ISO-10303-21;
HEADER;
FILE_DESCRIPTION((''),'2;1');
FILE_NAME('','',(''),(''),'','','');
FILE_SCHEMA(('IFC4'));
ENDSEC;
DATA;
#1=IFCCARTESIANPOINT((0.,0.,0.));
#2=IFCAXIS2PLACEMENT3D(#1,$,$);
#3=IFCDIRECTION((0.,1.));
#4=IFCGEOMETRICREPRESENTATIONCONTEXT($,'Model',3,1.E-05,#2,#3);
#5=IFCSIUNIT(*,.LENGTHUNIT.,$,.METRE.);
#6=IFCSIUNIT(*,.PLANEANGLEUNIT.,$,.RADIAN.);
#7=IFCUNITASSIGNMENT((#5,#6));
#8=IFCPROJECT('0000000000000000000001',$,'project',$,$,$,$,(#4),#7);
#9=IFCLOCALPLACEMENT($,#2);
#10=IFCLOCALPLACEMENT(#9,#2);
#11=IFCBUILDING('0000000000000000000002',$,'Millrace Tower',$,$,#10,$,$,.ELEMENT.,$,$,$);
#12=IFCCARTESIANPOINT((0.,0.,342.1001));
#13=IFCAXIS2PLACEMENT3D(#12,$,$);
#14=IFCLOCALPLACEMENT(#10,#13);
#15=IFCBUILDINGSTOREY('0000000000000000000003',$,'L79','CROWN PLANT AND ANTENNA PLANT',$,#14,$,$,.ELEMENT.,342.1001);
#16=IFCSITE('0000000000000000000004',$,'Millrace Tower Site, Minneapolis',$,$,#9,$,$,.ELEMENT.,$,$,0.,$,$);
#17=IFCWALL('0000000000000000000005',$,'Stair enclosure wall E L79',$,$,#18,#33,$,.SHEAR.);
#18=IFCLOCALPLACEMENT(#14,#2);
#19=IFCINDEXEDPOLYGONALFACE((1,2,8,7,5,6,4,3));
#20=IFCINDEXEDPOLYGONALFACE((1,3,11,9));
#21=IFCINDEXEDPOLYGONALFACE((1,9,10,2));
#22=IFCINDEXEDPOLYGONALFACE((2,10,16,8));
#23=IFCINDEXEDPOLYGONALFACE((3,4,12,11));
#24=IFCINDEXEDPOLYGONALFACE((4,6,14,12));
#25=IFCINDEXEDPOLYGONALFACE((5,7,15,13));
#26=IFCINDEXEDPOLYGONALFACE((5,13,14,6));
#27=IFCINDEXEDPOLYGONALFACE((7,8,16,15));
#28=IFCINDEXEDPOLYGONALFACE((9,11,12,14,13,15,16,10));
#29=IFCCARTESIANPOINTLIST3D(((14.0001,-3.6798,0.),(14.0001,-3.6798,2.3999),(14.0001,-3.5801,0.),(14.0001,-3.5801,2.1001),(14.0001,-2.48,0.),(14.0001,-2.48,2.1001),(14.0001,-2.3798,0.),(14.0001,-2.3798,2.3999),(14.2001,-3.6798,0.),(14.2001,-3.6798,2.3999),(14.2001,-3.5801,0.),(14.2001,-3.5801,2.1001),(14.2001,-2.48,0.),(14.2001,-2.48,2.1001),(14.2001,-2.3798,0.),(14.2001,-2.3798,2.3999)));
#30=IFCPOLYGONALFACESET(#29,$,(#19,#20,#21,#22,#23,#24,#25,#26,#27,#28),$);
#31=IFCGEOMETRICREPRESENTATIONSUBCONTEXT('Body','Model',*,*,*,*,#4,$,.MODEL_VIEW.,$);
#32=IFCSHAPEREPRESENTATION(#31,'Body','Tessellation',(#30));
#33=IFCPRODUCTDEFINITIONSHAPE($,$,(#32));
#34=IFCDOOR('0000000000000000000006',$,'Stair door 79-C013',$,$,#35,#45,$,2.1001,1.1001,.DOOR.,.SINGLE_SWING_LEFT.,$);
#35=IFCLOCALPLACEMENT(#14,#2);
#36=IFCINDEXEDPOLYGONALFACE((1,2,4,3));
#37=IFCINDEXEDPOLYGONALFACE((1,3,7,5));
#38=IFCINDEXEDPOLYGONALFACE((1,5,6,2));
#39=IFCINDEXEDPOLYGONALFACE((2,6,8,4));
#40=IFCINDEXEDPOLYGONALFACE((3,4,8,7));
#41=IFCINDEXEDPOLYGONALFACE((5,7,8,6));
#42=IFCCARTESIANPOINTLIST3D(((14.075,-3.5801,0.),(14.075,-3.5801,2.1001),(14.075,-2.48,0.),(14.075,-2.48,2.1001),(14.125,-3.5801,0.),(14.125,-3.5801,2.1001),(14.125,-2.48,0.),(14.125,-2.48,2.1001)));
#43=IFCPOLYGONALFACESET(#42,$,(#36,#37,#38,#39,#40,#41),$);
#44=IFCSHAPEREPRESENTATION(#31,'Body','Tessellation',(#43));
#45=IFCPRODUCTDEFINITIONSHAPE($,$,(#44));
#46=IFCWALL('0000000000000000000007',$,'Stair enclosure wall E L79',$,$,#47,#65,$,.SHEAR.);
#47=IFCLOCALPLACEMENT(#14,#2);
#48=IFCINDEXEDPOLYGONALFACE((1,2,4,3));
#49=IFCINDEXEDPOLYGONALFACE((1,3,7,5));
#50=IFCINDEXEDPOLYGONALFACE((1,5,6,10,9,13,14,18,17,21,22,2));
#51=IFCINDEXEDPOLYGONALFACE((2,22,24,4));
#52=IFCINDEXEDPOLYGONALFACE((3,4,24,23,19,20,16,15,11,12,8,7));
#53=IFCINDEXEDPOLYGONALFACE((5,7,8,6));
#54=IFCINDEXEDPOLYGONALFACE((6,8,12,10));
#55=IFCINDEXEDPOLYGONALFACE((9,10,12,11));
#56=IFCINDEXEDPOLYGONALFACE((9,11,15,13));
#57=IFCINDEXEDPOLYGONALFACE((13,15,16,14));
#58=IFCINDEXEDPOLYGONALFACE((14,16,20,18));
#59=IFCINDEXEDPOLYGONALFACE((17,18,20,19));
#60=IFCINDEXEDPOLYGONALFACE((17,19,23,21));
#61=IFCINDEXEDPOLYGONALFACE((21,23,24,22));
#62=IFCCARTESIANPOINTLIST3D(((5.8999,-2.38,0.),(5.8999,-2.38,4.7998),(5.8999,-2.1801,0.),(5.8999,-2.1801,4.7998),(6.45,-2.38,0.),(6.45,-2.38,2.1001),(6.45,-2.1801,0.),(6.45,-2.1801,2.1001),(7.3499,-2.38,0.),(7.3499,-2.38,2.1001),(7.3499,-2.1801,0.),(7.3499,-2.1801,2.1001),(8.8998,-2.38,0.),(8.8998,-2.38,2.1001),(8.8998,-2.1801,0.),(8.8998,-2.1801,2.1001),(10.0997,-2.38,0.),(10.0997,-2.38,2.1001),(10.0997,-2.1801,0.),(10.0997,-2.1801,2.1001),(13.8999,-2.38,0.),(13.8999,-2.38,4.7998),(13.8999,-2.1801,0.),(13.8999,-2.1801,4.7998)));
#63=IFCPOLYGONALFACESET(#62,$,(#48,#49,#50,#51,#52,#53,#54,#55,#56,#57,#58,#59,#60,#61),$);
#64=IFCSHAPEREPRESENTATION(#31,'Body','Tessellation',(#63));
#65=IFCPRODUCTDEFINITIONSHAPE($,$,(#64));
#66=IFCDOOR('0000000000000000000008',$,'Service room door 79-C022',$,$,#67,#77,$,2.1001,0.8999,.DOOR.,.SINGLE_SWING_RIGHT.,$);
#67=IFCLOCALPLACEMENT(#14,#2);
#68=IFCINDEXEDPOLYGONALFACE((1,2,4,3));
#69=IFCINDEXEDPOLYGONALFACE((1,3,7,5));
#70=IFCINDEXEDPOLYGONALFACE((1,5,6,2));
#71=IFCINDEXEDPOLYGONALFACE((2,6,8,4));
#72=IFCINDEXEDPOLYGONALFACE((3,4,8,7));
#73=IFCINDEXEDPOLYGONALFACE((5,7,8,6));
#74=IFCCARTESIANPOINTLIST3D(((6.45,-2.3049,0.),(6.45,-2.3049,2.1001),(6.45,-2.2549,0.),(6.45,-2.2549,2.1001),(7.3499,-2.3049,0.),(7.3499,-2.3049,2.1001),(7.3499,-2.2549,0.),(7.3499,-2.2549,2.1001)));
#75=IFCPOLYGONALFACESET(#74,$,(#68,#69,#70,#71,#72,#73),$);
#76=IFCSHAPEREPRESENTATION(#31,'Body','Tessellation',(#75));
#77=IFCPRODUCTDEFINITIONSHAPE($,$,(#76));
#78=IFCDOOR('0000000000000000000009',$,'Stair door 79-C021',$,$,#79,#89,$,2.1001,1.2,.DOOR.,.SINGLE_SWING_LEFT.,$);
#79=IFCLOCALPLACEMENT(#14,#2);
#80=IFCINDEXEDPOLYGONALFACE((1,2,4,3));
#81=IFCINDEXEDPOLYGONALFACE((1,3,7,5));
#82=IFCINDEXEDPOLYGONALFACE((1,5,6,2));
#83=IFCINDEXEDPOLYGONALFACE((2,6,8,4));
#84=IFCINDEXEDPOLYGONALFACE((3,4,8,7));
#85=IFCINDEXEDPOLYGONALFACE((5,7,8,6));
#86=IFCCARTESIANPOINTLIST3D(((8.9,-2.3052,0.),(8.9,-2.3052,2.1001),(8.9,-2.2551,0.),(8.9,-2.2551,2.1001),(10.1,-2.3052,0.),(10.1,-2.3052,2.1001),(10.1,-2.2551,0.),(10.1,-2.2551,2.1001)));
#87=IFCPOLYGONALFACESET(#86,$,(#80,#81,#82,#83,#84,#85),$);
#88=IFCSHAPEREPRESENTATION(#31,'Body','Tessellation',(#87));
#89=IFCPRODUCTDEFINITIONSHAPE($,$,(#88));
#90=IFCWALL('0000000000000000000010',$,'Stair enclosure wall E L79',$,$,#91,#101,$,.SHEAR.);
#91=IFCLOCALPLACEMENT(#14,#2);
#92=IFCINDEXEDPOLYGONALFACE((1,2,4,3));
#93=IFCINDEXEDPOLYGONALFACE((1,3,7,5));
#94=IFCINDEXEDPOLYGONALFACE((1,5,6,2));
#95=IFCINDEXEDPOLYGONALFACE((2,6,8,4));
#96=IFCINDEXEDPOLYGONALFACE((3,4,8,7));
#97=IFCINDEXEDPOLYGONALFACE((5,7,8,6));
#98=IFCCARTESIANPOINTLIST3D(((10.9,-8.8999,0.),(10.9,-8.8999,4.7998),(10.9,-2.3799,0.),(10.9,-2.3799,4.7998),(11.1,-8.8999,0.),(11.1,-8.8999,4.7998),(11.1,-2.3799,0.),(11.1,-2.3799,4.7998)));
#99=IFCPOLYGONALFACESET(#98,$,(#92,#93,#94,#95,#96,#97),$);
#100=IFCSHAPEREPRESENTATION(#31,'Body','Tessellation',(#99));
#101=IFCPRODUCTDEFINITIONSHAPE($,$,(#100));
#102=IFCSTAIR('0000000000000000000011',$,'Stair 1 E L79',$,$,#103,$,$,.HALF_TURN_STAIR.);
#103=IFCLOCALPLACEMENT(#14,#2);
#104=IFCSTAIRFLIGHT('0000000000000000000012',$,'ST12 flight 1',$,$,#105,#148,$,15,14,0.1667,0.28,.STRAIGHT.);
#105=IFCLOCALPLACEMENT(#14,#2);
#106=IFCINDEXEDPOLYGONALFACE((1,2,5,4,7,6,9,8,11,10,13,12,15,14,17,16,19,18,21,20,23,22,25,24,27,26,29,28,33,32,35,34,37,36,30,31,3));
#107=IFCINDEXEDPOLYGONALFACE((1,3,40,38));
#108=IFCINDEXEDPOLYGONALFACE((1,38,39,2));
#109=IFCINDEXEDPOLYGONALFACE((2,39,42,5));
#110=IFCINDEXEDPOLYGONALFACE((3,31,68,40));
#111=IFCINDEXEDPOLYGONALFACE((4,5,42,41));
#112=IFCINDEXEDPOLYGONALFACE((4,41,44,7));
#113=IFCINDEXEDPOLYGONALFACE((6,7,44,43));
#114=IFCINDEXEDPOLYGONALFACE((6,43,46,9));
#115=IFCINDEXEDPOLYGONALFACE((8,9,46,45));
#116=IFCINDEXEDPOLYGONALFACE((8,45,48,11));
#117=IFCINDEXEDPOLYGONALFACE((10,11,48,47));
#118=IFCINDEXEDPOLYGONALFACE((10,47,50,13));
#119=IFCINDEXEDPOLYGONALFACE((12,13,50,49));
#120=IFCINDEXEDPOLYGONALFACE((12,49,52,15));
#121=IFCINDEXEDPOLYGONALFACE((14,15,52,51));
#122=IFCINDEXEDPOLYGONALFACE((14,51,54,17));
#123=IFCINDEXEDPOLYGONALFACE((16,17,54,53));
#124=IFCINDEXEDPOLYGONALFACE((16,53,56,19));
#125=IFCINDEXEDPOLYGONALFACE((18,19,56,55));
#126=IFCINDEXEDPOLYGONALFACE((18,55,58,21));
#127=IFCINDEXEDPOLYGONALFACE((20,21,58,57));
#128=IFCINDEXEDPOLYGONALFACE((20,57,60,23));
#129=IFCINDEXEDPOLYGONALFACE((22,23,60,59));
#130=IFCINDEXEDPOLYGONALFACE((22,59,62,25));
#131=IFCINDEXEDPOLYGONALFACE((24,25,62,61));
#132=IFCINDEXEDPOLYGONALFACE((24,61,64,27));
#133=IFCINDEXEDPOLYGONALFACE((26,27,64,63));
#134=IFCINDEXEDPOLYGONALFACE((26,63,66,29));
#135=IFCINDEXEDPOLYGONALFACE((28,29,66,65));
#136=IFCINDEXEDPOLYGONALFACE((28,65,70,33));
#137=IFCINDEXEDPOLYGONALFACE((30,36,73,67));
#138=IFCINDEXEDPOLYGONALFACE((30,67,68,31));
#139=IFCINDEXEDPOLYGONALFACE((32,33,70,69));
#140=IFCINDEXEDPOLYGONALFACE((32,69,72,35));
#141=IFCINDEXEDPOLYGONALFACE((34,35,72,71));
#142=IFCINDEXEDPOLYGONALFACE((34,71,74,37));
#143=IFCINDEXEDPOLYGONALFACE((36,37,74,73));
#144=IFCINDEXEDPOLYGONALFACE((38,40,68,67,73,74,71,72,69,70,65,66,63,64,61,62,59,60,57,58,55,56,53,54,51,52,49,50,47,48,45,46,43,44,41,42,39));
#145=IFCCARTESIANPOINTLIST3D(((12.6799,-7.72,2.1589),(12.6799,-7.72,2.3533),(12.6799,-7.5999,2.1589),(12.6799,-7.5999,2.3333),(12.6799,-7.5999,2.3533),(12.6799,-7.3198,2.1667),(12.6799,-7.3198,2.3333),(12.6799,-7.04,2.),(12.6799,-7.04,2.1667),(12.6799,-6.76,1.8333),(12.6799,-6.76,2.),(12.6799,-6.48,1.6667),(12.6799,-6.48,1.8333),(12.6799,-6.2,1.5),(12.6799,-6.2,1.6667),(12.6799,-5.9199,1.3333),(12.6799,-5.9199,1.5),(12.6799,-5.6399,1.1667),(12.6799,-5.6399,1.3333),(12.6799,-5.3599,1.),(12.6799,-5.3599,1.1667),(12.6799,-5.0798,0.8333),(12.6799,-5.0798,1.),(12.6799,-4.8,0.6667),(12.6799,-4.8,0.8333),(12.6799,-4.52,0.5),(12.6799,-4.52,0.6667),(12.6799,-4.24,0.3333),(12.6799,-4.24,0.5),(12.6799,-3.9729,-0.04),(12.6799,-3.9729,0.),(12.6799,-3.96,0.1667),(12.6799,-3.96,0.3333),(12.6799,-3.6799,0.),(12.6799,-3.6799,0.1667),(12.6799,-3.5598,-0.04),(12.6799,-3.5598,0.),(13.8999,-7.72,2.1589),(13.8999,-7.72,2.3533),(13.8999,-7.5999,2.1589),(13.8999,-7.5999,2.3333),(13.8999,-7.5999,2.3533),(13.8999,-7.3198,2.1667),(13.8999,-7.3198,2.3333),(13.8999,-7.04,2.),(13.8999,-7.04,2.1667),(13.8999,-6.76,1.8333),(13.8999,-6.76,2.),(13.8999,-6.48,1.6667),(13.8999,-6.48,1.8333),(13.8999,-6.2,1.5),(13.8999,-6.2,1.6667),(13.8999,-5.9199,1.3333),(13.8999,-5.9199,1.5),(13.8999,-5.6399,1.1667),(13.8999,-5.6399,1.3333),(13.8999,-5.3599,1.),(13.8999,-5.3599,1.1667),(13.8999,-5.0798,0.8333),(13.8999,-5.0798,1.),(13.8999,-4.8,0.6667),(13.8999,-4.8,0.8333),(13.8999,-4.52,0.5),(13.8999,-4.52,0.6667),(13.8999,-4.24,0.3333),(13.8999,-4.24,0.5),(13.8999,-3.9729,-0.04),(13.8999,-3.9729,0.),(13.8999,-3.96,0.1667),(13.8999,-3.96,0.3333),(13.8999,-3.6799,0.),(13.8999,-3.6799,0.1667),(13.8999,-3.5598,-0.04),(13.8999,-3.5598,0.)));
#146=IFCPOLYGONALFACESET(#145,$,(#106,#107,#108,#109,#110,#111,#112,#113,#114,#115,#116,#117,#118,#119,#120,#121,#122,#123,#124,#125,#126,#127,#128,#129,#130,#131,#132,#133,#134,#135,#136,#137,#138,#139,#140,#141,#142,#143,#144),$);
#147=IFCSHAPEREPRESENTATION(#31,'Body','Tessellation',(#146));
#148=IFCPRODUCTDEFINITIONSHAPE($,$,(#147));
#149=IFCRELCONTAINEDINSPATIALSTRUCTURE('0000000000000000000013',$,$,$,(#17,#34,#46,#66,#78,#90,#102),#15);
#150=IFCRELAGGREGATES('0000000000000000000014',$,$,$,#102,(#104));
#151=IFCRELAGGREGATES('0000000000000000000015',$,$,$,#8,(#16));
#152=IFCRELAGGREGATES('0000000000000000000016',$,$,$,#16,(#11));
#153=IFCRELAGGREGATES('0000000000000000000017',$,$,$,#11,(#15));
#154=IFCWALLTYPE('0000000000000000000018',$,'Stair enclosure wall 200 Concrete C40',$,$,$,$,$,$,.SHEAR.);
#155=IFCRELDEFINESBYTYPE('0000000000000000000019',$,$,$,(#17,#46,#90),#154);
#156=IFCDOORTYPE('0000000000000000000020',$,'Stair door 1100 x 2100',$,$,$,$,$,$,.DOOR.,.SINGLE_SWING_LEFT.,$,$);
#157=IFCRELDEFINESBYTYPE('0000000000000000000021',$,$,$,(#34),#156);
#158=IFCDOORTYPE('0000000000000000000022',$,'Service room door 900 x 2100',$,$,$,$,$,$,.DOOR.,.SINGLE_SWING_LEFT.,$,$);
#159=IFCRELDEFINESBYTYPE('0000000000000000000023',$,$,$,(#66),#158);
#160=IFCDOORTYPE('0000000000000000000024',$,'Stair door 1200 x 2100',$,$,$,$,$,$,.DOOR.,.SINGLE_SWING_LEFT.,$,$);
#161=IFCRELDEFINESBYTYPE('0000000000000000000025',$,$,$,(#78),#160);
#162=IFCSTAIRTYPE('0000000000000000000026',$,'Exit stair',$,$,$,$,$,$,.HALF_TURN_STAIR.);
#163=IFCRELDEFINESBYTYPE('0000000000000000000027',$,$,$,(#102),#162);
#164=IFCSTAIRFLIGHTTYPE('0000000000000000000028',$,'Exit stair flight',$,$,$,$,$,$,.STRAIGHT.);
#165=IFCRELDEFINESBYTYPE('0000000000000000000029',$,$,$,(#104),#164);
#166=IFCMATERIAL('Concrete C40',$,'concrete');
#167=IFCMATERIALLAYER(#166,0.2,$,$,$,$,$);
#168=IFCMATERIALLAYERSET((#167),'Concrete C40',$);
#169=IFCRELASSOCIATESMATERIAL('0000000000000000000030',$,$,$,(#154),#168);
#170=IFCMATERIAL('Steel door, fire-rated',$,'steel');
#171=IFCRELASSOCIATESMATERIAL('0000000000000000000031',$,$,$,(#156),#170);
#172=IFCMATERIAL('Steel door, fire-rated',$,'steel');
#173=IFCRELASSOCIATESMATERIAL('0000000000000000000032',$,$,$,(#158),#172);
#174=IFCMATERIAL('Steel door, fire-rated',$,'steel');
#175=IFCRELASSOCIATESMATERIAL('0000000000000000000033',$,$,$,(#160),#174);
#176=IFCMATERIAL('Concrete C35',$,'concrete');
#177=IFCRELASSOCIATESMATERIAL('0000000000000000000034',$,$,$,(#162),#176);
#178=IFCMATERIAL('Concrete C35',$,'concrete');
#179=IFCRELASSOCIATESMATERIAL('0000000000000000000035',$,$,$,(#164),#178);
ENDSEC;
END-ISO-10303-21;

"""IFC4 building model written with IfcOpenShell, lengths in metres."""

from ifc_helpers import new_model, si_unit, direction, frame, frame_2d, origin, place, context, subcontext, project, spatial, polyline, rectangle, outline, extrude, material, layer, layer_set, type_object, element, fill, aggregate, save


model = new_model("IFC4")

# Units and contexts
model_context = context("Model", 3, precision=1e-05, world=origin(), true_north=direction((0.0, 1.0)))
body_context = subcontext(model_context, "Body", "Model", "MODEL_VIEW")
ifc_project = project(units=[si_unit("LENGTHUNIT", "METRE"), si_unit("PLANEANGLEUNIT", "RADIAN")], contexts=[model_context])

# Site, building, storey
site_placement = place(None, origin())
site = spatial("IfcSite", under=ifc_project, at=site_placement, Name="Millrace Tower Site, Minneapolis", CompositionType="ELEMENT", RefElevation=0.0)
building_placement = place(site_placement, origin())
building = spatial("IfcBuilding", under=site, at=building_placement, Name="Millrace Tower", CompositionType="ELEMENT")
storey_placement = place(building_placement, frame((0.0, 0.0, 342.1001)))
storey = spatial("IfcBuildingStorey", under=building, at=storey_placement, Name="L79", Description="CROWN PLANT AND ANTENNA PLANT", CompositionType="ELEMENT", Elevation=342.1001)

# Shared definitions
placement = place(storey_placement, origin())

# Wall, opening, door
ifc_material_1 = material(Name="Concrete C40", Category="concrete")
ifc_layer_1 = layer(ifc_material_1, 0.2)
ifc_layer_set_1 = layer_set([ifc_layer_1], Name="Concrete C40")
wall_type_1 = type_object("IfcWallType", Name="Stair enclosure wall 200 Concrete C40", PredefinedType="SHEAR", material=ifc_layer_set_1)
wall_1_placement = place(storey_placement, frame((14.1001, -2.3799, 0.0), z_axis=(0.0, 0.0, 1.0), x_axis=(0.0, -1.0, 0.0)))
wall_1 = element("IfcWall", 1, at=wall_1_placement, inside=storey, type_object=wall_type_1, Name="Stair enclosure wall E L79", PredefinedType="SHEAR", context=body_context, shape_type="SweptSolid", body=[
    extrude(rectangle(XDim=1.3, YDim=0.2, at=frame_2d((0.6499, 0.0))), origin(), (0.0, 0.0, 1.0), 2.3999),
])
opening_1_placement = place(wall_1_placement, frame((0.1001, 0.0, 0.0)))
opening_1 = element("IfcOpeningElement", 2, at=opening_1_placement, cuts=wall_1, PredefinedType="OPENING", context=body_context, shape_type="SweptSolid", body=[
    extrude(rectangle(XDim=1.1001, YDim=2.1001, at=frame_2d((0.55, 1.05))), frame((0.0, 0.1099, 0.0), z_axis=(0.0, -1.0, 0.0), x_axis=(1.0, 0.0, 0.0)), (0.0, 0.0, 1.0), 0.22),
])
ifc_material_2 = material(Name="Steel door, fire-rated", Category="steel")
door_type_1 = type_object("IfcDoorType", Name="Stair door 1100 x 2100", OperationType="SINGLE_SWING_LEFT", PredefinedType="DOOR", material=ifc_material_2)
door_1_placement = place(opening_1_placement, origin())
door_1 = element("IfcDoor", 3, at=door_1_placement, inside=storey, type_object=door_type_1, Name="Stair door 79-C013", OperationType="SINGLE_SWING_LEFT", OverallHeight=2.1001, OverallWidth=1.1001, PredefinedType="DOOR", context=body_context, shape_type="SweptSolid", body=[
    extrude(rectangle(XDim=1.1001, YDim=2.1001, at=frame_2d((0.55, 1.05))), frame((0.0, 0.0249, 0.0), z_axis=(0.0, -1.0, 0.0), x_axis=(1.0, 0.0, 0.0)), (0.0, 0.0, 1.0), 0.05),
])
fill(opening_1, door_1)

# Wall, openings, doors
wall_2_placement = place(storey_placement, frame((13.8999, -2.28, 0.0), z_axis=(0.0, 0.0, 1.0), x_axis=(-1.0, 0.0, 0.0)))
wall_2 = element("IfcWall", 4, at=wall_2_placement, inside=storey, type_object=wall_type_1, Name="Stair enclosure wall E L79", PredefinedType="SHEAR", context=body_context, shape_type="SweptSolid", body=[
    extrude(rectangle(XDim=8.0, YDim=0.2, at=frame_2d((4.0, 0.0))), origin(), (0.0, 0.0, 1.0), 4.7998),
])
opening_2_placement = place(wall_2_placement, frame((3.8, 0.0, 0.0)))
opening_2 = element("IfcOpeningElement", 5, at=opening_2_placement, cuts=wall_2, PredefinedType="OPENING", context=body_context, shape_type="SweptSolid", body=[
    extrude(rectangle(XDim=1.2, YDim=2.1001, at=frame_2d((0.6001, 1.05))), frame((0.0, 0.1099, 0.0), z_axis=(0.0, -1.0, 0.0), x_axis=(1.0, 0.0, 0.0)), (0.0, 0.0, 1.0), 0.22),
])
opening_3_placement = place(wall_2_placement, frame((6.55, 0.0, 0.0)))
opening_3 = element("IfcOpeningElement", 6, at=opening_3_placement, cuts=wall_2, PredefinedType="OPENING", context=body_context, shape_type="SweptSolid", body=[
    extrude(rectangle(XDim=0.8999, YDim=2.1001, at=frame_2d((0.45, 1.05))), frame((0.0, 0.1099, 0.0), z_axis=(0.0, -1.0, 0.0), x_axis=(1.0, 0.0, 0.0)), (0.0, 0.0, 1.0), 0.22),
])
ifc_material_3 = material(Name="Steel door, fire-rated", Category="steel")
door_type_2 = type_object("IfcDoorType", Name="Service room door 900 x 2100", OperationType="SINGLE_SWING_LEFT", PredefinedType="DOOR", material=ifc_material_3)
door_2_placement = place(opening_3_placement, origin())
door_2 = element("IfcDoor", 7, at=door_2_placement, inside=storey, type_object=door_type_2, Name="Service room door 79-C022", OperationType="SINGLE_SWING_RIGHT", OverallHeight=2.1001, OverallWidth=0.8999, PredefinedType="DOOR", context=body_context, shape_type="SweptSolid", body=[
    extrude(rectangle(XDim=0.8999, YDim=2.1001, at=frame_2d((0.45, 1.05))), frame((0.0, 0.0249, 0.0), z_axis=(0.0, -1.0, 0.0), x_axis=(1.0, 0.0, 0.0)), (0.0, 0.0, 1.0), 0.05),
])
fill(opening_3, door_2)
ifc_material_4 = material(Name="Steel door, fire-rated", Category="steel")
door_type_3 = type_object("IfcDoorType", Name="Stair door 1200 x 2100", OperationType="SINGLE_SWING_LEFT", PredefinedType="DOOR", material=ifc_material_4)
door_3_placement = place(opening_2_placement, frame((1.2, 0.0, 0.0), z_axis=(0.0, 0.0, 1.0), x_axis=(-1.0, 0.0, 0.0)))
door_3 = element("IfcDoor", 8, at=door_3_placement, inside=storey, type_object=door_type_3, Name="Stair door 79-C021", OperationType="SINGLE_SWING_LEFT", OverallHeight=2.1001, OverallWidth=1.2, PredefinedType="DOOR", context=body_context, shape_type="SweptSolid", body=[
    extrude(rectangle(XDim=1.2, YDim=2.1001, at=frame_2d((0.6001, 1.05))), frame((0.0, 0.0249, 0.0), z_axis=(0.0, -1.0, 0.0), x_axis=(1.0, 0.0, 0.0)), (0.0, 0.0, 1.0), 0.05),
])
fill(opening_2, door_3)

# Wall
wall_3_placement = place(storey_placement, frame((11.0, -2.3799, 0.0), z_axis=(0.0, 0.0, 1.0), x_axis=(0.0, -1.0, 0.0)))
element("IfcWall", 9, at=wall_3_placement, inside=storey, type_object=wall_type_1, Name="Stair enclosure wall E L79", PredefinedType="SHEAR", context=body_context, shape_type="SweptSolid", body=[
    extrude(rectangle(XDim=6.52, YDim=0.2, at=frame_2d((3.26, 0.0))), origin(), (0.0, 0.0, 1.0), 4.7998),
])

# Stair, stair flight
ifc_material_5 = material(Name="Concrete C35", Category="concrete")
stair_type = type_object("IfcStairType", Name="Exit stair", PredefinedType="HALF_TURN_STAIR", material=ifc_material_5)
stair_1 = element("IfcStair", 10, at=placement, inside=storey, type_object=stair_type, Name="Stair 1 E L79", PredefinedType="HALF_TURN_STAIR")
ifc_material_6 = material(Name="Concrete C35", Category="concrete")
stair_flight_type = type_object("IfcStairFlightType", Name="Exit stair flight", PredefinedType="STRAIGHT", material=ifc_material_6)
stair_flight_1_placement = place(storey_placement, frame((13.29, -3.6799, 0.0), z_axis=(0.0, 0.0, 1.0), x_axis=(0.0, -1.0, 0.0)))
stair_flight_1 = element("IfcStairFlight", 11, at=stair_flight_1_placement, type_object=stair_flight_type, Name="ST12 flight 1", NumberOfRisers=15, NumberOfTreads=14, PredefinedType="STRAIGHT", RiserHeight=0.1667, TreadLength=0.28, context=body_context, shape_type="SweptSolid", body=[
    extrude(outline(polyline([(-0.1201, -0.04), (-0.1201, 0.0), (0.0, 0.0), (0.0, 0.1667), (0.28, 0.1667), (0.28, 0.3333), (0.5601, 0.3333), (0.5601, 0.5), (0.8401, 0.5), (0.8401, 0.6667), (1.1201, 0.6667), (1.1201, 0.8333), (1.3999, 0.8333), (1.3999, 1.0), (1.6799, 1.0), (1.6799, 1.1667), (1.96, 1.1667), (1.96, 1.3333), (2.24, 1.3333), (2.24, 1.5), (2.52, 1.5), (2.52, 1.6667), (2.8, 1.6667), (2.8, 1.8333), (3.0801, 1.8333), (3.0801, 2.0), (3.3601, 2.0), (3.3601, 2.1667), (3.6399, 2.1667), (3.6399, 2.3333), (3.9199, 2.3333), (3.9199, 2.3533), (4.04, 2.3533), (4.04, 2.1589), (3.9199, 2.1589), (0.293, 0.0), (0.293, -0.04), (-0.1201, -0.04)])), frame((0.0, 0.6099, 0.0), z_axis=(0.0, -1.0, 0.0), x_axis=(1.0, 0.0, 0.0)), (0.0, 0.0, 1.0), 1.22),
])
aggregate(stair_1, [stair_flight_1])

save(model, "model.ifc")
